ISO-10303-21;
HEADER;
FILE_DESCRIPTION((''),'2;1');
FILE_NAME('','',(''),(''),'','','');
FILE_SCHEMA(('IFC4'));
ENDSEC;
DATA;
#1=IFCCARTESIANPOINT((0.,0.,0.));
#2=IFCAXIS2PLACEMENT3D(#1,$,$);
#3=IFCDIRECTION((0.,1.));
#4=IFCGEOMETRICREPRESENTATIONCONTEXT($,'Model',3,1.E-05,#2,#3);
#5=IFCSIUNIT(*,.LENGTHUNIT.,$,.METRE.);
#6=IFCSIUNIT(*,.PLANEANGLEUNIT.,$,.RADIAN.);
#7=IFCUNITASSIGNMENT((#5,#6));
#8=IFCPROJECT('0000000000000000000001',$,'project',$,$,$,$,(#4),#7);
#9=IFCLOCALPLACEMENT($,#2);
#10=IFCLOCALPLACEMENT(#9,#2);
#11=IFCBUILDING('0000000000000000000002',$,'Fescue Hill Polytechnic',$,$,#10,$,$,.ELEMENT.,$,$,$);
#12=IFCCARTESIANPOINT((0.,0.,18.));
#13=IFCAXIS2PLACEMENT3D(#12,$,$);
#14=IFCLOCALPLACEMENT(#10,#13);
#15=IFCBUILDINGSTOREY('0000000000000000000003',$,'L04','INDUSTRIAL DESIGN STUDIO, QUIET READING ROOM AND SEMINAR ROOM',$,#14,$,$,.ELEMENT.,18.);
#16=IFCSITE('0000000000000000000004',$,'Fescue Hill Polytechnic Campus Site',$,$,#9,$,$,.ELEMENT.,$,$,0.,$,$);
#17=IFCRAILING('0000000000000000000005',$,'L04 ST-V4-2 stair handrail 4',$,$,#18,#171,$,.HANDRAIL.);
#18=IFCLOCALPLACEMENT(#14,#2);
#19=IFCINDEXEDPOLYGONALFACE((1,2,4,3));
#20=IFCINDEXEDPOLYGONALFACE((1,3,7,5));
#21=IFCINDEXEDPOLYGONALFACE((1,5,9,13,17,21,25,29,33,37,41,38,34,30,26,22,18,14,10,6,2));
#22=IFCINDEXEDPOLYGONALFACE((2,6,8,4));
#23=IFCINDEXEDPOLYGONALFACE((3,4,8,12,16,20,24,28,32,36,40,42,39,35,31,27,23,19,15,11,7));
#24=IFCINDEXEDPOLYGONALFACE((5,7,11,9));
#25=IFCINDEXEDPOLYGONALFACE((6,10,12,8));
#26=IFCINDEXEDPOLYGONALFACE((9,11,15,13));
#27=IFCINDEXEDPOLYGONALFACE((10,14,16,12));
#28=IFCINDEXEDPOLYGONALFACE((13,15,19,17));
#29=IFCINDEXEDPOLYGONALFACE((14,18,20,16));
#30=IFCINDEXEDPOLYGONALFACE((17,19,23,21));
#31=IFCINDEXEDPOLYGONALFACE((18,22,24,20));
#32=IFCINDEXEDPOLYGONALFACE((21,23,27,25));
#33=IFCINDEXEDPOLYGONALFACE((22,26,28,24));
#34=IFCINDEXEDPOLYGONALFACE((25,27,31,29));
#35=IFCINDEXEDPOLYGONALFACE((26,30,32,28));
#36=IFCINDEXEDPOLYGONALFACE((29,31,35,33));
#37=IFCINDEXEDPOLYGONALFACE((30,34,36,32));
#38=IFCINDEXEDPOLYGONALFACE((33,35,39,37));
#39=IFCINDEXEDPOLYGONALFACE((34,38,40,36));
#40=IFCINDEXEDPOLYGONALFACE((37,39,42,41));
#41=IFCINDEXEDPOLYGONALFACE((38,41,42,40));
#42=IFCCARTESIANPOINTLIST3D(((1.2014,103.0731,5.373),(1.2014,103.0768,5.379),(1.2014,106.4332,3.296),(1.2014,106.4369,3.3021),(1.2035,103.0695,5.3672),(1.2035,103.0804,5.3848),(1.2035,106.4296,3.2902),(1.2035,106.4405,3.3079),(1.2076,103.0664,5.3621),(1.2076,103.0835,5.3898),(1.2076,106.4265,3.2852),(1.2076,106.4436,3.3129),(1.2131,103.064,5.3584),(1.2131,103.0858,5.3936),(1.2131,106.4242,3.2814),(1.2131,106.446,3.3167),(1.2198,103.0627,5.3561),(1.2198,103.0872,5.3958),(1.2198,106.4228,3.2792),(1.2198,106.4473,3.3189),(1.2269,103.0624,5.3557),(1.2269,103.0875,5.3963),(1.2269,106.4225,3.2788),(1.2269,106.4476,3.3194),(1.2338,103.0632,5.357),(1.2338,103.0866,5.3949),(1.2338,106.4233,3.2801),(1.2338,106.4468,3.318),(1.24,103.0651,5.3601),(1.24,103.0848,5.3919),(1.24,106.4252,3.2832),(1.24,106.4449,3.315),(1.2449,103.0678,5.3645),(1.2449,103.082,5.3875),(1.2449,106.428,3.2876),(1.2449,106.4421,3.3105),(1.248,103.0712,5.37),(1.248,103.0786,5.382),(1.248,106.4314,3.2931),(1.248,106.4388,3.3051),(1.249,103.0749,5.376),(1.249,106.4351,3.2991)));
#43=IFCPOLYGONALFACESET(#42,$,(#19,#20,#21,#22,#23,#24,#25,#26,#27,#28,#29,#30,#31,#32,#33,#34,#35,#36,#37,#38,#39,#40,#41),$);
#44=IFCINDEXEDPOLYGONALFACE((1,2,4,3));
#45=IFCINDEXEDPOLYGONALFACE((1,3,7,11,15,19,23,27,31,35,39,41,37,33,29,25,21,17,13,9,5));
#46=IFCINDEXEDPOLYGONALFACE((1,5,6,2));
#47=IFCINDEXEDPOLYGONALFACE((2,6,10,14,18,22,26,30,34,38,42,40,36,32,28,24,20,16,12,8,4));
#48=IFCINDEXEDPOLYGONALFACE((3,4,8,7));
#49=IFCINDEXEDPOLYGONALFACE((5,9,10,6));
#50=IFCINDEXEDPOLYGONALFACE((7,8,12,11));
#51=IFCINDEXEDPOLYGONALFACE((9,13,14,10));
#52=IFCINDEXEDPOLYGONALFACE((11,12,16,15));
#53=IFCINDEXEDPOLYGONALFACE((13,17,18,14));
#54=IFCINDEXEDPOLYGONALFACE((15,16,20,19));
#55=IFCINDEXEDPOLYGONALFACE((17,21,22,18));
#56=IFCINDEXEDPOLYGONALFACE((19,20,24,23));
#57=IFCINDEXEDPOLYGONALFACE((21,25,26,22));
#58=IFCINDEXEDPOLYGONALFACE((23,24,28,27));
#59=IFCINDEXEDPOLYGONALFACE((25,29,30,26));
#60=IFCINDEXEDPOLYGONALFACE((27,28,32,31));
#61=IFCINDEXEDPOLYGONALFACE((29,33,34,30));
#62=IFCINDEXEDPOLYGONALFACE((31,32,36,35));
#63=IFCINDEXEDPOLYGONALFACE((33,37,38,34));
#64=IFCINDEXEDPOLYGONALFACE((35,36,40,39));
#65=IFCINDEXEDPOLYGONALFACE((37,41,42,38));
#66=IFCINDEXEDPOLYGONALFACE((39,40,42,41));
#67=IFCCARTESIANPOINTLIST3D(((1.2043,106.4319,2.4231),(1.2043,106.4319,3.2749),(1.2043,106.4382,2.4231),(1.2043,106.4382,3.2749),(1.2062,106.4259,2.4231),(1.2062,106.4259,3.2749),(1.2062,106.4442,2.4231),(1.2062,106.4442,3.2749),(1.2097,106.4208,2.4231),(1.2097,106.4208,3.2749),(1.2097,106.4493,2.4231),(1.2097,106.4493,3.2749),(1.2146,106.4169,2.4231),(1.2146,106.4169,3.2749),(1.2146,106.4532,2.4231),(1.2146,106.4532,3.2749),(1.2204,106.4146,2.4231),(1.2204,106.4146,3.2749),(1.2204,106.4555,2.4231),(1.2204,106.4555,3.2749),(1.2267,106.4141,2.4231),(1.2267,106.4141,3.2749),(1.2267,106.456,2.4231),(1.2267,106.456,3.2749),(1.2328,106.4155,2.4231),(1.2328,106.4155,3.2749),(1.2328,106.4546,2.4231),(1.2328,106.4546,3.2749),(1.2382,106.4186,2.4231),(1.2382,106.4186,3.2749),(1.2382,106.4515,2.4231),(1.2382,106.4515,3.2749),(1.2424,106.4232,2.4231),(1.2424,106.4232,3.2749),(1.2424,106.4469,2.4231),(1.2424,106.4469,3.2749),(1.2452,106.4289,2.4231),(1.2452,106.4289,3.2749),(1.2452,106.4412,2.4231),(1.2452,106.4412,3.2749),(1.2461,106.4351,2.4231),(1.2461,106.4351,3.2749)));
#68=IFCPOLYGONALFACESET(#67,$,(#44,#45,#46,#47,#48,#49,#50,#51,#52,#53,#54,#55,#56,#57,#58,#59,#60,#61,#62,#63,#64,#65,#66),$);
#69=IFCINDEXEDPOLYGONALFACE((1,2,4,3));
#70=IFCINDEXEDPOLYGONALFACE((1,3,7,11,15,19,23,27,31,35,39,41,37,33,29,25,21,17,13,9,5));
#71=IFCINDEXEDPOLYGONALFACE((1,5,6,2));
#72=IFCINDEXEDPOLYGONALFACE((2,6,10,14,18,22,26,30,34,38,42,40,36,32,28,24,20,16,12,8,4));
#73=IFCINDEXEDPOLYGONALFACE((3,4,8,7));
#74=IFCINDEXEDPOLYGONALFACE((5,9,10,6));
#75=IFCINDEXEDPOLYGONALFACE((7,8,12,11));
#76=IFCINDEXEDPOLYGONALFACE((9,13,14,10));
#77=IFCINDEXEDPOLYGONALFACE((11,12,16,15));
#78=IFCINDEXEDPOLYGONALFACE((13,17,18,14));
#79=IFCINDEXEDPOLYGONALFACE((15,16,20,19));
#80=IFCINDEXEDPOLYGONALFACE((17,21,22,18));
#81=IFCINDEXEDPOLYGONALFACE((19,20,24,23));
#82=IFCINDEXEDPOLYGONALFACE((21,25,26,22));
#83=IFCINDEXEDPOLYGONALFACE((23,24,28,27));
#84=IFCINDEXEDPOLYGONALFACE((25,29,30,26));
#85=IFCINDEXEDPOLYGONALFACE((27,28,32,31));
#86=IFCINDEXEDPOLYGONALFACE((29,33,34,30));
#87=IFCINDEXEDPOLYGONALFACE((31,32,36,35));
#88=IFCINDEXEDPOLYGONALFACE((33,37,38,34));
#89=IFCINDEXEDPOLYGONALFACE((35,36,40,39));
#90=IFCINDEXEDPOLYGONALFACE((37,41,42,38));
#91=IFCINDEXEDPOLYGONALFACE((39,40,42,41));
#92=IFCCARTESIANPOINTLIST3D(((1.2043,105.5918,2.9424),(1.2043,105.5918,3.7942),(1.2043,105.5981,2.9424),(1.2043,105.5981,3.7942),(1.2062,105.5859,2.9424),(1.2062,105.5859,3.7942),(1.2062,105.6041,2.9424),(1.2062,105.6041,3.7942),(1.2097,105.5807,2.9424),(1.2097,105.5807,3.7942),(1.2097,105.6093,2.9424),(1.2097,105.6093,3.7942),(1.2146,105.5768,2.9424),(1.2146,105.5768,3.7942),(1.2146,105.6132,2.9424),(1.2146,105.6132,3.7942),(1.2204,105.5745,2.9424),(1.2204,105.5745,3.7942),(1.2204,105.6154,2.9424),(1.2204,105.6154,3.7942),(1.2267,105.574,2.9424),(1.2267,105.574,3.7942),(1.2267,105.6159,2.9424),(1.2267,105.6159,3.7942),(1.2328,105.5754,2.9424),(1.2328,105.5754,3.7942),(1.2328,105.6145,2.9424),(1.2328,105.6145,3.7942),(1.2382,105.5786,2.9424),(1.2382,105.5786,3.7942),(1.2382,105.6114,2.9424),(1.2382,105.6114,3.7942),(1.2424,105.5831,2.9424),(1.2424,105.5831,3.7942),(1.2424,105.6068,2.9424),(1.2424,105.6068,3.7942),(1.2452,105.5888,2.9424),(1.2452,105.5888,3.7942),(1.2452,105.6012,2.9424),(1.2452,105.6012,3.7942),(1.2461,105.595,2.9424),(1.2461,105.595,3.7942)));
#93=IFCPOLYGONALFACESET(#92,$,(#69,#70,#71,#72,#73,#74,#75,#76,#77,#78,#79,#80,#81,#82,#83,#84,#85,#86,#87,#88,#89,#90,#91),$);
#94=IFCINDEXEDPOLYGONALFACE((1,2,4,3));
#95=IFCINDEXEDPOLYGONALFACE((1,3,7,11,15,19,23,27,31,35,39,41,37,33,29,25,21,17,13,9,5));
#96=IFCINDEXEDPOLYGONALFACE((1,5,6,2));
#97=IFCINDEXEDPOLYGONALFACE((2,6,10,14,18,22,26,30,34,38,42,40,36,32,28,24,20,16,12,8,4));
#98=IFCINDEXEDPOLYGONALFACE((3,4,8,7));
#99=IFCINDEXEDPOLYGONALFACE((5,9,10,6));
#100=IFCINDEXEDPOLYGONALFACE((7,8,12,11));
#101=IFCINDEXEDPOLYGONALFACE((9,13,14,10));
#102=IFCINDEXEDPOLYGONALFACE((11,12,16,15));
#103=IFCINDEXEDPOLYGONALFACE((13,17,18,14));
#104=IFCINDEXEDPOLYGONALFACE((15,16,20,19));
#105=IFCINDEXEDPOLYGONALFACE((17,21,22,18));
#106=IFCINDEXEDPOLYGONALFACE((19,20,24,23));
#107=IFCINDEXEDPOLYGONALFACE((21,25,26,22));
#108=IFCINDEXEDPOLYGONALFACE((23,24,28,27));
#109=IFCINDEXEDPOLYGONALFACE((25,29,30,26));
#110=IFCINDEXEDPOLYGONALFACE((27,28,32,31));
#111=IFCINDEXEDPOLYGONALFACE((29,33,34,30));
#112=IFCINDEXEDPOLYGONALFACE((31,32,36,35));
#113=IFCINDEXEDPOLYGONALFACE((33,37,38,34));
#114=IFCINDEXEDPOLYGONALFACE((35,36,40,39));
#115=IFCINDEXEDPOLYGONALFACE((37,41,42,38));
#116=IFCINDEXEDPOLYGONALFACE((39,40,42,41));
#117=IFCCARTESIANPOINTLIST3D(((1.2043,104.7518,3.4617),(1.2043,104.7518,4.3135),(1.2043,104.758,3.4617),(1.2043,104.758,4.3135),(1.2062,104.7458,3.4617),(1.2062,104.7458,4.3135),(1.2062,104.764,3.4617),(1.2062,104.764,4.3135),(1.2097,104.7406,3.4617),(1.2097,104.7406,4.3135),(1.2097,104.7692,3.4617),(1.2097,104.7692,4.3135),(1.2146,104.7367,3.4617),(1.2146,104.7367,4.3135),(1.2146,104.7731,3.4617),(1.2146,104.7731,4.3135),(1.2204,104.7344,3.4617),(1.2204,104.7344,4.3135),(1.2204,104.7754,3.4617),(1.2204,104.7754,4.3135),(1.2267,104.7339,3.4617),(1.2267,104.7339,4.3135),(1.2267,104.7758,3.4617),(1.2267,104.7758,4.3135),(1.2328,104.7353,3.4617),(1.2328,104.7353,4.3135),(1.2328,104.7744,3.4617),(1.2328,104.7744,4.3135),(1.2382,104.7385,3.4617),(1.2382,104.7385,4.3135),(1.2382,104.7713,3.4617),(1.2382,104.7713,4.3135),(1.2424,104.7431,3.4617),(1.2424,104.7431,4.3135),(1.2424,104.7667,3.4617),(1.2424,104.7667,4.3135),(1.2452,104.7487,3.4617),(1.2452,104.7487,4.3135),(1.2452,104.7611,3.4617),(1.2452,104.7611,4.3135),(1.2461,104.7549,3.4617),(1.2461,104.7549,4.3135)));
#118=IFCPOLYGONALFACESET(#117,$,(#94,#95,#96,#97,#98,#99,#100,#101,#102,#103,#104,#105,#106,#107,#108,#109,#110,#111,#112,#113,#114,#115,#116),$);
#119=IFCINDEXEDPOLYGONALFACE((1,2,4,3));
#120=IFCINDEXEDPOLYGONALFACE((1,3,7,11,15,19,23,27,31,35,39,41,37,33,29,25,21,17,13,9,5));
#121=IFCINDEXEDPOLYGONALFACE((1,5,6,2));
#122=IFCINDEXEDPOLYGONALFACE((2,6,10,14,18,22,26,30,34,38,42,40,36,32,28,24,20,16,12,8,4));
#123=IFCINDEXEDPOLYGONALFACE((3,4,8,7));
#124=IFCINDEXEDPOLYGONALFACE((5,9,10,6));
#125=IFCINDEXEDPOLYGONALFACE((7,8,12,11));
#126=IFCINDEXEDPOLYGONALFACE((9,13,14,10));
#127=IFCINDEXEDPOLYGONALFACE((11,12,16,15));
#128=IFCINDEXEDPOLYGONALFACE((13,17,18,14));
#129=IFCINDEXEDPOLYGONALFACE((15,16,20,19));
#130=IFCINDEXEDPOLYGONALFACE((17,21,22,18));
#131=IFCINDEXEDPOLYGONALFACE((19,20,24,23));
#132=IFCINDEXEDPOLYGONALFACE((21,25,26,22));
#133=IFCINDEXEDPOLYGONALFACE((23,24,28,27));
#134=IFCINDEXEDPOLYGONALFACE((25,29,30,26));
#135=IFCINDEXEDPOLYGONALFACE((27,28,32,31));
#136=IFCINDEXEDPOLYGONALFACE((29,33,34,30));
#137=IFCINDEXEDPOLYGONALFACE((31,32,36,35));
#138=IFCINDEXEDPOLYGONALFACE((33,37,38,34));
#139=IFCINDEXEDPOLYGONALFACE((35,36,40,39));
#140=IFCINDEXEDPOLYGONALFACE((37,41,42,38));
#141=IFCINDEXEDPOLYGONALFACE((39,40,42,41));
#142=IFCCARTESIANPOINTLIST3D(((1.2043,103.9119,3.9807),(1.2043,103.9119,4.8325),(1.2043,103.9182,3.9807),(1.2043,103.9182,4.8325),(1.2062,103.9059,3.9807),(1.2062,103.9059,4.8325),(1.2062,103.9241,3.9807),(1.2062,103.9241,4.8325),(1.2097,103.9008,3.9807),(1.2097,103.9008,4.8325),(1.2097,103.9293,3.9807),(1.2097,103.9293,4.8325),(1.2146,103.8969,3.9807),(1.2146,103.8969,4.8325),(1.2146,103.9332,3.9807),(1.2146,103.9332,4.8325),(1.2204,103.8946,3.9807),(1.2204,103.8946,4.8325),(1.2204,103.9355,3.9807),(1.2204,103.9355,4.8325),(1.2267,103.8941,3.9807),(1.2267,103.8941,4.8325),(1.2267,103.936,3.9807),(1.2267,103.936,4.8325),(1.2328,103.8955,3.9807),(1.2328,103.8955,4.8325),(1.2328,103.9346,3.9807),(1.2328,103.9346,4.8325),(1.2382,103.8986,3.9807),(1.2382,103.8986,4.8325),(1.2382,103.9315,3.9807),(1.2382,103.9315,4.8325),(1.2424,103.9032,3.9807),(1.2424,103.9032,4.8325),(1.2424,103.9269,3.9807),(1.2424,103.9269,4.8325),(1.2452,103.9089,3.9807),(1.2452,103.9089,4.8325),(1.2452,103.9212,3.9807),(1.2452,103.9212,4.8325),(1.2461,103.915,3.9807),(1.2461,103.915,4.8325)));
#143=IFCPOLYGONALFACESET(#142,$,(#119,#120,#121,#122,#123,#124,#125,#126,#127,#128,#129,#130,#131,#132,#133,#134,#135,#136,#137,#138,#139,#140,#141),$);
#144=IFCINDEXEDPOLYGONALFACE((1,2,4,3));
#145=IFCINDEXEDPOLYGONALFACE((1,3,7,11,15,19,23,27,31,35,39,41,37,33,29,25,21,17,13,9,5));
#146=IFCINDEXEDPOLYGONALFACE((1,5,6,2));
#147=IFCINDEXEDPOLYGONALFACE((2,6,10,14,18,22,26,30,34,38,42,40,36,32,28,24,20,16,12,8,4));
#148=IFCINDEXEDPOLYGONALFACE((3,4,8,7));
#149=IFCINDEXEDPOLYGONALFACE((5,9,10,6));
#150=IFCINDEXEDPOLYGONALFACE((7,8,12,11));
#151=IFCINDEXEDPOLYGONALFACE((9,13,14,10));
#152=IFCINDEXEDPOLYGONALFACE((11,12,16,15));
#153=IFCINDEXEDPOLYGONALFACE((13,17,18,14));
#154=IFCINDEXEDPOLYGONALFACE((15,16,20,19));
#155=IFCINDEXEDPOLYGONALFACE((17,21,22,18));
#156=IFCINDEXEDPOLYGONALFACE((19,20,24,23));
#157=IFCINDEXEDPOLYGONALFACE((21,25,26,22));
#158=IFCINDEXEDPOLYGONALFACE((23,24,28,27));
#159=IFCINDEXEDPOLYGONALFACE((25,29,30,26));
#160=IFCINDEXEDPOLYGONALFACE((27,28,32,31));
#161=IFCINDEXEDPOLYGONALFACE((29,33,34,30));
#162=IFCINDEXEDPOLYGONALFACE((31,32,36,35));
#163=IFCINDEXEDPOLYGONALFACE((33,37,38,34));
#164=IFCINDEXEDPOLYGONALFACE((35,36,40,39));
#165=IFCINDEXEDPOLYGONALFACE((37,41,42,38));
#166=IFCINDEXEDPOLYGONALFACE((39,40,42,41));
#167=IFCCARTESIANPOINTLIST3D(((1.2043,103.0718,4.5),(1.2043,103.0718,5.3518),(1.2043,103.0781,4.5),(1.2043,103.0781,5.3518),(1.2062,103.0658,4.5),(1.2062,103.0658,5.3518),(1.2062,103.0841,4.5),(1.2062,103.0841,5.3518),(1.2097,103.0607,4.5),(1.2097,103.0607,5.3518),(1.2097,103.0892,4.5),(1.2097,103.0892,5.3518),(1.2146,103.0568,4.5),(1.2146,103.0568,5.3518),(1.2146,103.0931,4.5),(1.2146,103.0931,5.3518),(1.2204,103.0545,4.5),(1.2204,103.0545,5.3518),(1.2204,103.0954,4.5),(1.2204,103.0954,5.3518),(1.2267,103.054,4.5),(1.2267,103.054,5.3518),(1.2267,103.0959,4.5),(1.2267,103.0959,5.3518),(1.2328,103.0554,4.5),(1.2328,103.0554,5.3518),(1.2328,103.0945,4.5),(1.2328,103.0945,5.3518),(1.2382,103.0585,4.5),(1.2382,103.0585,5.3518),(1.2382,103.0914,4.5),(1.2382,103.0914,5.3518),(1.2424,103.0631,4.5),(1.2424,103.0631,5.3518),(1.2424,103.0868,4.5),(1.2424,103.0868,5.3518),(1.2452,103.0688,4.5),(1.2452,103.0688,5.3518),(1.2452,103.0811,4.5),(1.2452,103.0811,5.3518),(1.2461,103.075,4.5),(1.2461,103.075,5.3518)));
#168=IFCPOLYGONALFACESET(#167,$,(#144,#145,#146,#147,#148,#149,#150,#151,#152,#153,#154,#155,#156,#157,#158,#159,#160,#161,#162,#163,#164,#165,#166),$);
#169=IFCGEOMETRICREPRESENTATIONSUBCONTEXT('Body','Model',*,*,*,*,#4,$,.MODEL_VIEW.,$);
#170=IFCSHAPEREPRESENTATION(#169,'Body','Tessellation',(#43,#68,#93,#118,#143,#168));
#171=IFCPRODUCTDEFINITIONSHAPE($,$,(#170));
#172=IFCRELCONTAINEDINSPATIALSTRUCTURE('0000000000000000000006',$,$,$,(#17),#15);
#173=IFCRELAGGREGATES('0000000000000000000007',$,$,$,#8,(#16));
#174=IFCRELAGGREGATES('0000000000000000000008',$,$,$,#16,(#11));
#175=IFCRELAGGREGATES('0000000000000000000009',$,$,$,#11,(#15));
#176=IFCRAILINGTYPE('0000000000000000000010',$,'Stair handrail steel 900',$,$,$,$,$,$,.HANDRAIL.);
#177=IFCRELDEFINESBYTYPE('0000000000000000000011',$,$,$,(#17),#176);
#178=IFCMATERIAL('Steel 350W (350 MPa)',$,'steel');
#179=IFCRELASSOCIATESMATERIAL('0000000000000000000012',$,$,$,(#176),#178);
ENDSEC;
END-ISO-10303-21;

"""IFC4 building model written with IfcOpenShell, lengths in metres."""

from ifc_helpers import new_model, si_unit, direction, frame, origin, origin_2d, place, context, subcontext, project, spatial, circle, extrude, material, type_object, element, save


model = new_model("IFC4")

# Units and contexts
model_context = context("Model", 3, precision=1e-05, world=origin(), true_north=direction((0.0, 1.0)))
body_context = subcontext(model_context, "Body", "Model", "MODEL_VIEW")
ifc_project = project(units=[si_unit("LENGTHUNIT", "METRE"), si_unit("PLANEANGLEUNIT", "RADIAN")], contexts=[model_context])

# Site, building, storey
site_placement = place(None, origin())
site = spatial("IfcSite", under=ifc_project, at=site_placement, Name="Fescue Hill Polytechnic Campus Site", CompositionType="ELEMENT", RefElevation=0.0)
building_placement = place(site_placement, origin())
building = spatial("IfcBuilding", under=site, at=building_placement, Name="Fescue Hill Polytechnic", CompositionType="ELEMENT")
storey_placement = place(building_placement, frame((0.0, 0.0, 18.0)))
storey = spatial("IfcBuildingStorey", under=building, at=storey_placement, Name="L04", Description="INDUSTRIAL DESIGN STUDIO, QUIET READING ROOM AND SEMINAR ROOM", CompositionType="ELEMENT", Elevation=18.0)

# Railing
ifc_material_1 = material(Name="Steel 350W (350 MPa)", Category="steel")
railing_type_1 = type_object("IfcRailingType", Name="Stair handrail steel 900", PredefinedType="HANDRAIL", material=ifc_material_1)
railing_1_placement = place(storey_placement, frame((1.2251, 106.4351, 2.4231)))
element("IfcRailing", 1, at=railing_1_placement, inside=storey, type_object=railing_type_1, Name="L04 ST-V4-2 stair handrail 4", PredefinedType="HANDRAIL", context=body_context, shape_type="SweptSolid", body=[
    extrude(circle(Radius=0.0239, at=origin_2d()), frame((0.0, 0.0, 0.876), z_axis=(0.0, -0.850623, 0.525776), x_axis=(1.0, 0.0, 0.0)), (0.0, 0.0, 1.0), 3.9502),
    extrude(circle(Radius=0.021, at=origin_2d()), origin(), (0.0, 0.0, 1.0), 0.8518),
    extrude(circle(Radius=0.021, at=origin_2d()), frame((0.0, -0.8401, 0.5193)), (0.0, 0.0, 1.0), 0.8518),
    extrude(circle(Radius=0.021, at=origin_2d()), frame((0.0, -1.6802, 1.0386)), (0.0, 0.0, 1.0), 0.8518),
    extrude(circle(Radius=0.021, at=origin_2d()), frame((0.0, -2.52, 1.5576)), (0.0, 0.0, 1.0), 0.8518),
    extrude(circle(Radius=0.021, at=origin_2d()), frame((0.0, -3.3601, 2.0769)), (0.0, 0.0, 1.0), 0.8518),
])

save(model, "model.ifc")
